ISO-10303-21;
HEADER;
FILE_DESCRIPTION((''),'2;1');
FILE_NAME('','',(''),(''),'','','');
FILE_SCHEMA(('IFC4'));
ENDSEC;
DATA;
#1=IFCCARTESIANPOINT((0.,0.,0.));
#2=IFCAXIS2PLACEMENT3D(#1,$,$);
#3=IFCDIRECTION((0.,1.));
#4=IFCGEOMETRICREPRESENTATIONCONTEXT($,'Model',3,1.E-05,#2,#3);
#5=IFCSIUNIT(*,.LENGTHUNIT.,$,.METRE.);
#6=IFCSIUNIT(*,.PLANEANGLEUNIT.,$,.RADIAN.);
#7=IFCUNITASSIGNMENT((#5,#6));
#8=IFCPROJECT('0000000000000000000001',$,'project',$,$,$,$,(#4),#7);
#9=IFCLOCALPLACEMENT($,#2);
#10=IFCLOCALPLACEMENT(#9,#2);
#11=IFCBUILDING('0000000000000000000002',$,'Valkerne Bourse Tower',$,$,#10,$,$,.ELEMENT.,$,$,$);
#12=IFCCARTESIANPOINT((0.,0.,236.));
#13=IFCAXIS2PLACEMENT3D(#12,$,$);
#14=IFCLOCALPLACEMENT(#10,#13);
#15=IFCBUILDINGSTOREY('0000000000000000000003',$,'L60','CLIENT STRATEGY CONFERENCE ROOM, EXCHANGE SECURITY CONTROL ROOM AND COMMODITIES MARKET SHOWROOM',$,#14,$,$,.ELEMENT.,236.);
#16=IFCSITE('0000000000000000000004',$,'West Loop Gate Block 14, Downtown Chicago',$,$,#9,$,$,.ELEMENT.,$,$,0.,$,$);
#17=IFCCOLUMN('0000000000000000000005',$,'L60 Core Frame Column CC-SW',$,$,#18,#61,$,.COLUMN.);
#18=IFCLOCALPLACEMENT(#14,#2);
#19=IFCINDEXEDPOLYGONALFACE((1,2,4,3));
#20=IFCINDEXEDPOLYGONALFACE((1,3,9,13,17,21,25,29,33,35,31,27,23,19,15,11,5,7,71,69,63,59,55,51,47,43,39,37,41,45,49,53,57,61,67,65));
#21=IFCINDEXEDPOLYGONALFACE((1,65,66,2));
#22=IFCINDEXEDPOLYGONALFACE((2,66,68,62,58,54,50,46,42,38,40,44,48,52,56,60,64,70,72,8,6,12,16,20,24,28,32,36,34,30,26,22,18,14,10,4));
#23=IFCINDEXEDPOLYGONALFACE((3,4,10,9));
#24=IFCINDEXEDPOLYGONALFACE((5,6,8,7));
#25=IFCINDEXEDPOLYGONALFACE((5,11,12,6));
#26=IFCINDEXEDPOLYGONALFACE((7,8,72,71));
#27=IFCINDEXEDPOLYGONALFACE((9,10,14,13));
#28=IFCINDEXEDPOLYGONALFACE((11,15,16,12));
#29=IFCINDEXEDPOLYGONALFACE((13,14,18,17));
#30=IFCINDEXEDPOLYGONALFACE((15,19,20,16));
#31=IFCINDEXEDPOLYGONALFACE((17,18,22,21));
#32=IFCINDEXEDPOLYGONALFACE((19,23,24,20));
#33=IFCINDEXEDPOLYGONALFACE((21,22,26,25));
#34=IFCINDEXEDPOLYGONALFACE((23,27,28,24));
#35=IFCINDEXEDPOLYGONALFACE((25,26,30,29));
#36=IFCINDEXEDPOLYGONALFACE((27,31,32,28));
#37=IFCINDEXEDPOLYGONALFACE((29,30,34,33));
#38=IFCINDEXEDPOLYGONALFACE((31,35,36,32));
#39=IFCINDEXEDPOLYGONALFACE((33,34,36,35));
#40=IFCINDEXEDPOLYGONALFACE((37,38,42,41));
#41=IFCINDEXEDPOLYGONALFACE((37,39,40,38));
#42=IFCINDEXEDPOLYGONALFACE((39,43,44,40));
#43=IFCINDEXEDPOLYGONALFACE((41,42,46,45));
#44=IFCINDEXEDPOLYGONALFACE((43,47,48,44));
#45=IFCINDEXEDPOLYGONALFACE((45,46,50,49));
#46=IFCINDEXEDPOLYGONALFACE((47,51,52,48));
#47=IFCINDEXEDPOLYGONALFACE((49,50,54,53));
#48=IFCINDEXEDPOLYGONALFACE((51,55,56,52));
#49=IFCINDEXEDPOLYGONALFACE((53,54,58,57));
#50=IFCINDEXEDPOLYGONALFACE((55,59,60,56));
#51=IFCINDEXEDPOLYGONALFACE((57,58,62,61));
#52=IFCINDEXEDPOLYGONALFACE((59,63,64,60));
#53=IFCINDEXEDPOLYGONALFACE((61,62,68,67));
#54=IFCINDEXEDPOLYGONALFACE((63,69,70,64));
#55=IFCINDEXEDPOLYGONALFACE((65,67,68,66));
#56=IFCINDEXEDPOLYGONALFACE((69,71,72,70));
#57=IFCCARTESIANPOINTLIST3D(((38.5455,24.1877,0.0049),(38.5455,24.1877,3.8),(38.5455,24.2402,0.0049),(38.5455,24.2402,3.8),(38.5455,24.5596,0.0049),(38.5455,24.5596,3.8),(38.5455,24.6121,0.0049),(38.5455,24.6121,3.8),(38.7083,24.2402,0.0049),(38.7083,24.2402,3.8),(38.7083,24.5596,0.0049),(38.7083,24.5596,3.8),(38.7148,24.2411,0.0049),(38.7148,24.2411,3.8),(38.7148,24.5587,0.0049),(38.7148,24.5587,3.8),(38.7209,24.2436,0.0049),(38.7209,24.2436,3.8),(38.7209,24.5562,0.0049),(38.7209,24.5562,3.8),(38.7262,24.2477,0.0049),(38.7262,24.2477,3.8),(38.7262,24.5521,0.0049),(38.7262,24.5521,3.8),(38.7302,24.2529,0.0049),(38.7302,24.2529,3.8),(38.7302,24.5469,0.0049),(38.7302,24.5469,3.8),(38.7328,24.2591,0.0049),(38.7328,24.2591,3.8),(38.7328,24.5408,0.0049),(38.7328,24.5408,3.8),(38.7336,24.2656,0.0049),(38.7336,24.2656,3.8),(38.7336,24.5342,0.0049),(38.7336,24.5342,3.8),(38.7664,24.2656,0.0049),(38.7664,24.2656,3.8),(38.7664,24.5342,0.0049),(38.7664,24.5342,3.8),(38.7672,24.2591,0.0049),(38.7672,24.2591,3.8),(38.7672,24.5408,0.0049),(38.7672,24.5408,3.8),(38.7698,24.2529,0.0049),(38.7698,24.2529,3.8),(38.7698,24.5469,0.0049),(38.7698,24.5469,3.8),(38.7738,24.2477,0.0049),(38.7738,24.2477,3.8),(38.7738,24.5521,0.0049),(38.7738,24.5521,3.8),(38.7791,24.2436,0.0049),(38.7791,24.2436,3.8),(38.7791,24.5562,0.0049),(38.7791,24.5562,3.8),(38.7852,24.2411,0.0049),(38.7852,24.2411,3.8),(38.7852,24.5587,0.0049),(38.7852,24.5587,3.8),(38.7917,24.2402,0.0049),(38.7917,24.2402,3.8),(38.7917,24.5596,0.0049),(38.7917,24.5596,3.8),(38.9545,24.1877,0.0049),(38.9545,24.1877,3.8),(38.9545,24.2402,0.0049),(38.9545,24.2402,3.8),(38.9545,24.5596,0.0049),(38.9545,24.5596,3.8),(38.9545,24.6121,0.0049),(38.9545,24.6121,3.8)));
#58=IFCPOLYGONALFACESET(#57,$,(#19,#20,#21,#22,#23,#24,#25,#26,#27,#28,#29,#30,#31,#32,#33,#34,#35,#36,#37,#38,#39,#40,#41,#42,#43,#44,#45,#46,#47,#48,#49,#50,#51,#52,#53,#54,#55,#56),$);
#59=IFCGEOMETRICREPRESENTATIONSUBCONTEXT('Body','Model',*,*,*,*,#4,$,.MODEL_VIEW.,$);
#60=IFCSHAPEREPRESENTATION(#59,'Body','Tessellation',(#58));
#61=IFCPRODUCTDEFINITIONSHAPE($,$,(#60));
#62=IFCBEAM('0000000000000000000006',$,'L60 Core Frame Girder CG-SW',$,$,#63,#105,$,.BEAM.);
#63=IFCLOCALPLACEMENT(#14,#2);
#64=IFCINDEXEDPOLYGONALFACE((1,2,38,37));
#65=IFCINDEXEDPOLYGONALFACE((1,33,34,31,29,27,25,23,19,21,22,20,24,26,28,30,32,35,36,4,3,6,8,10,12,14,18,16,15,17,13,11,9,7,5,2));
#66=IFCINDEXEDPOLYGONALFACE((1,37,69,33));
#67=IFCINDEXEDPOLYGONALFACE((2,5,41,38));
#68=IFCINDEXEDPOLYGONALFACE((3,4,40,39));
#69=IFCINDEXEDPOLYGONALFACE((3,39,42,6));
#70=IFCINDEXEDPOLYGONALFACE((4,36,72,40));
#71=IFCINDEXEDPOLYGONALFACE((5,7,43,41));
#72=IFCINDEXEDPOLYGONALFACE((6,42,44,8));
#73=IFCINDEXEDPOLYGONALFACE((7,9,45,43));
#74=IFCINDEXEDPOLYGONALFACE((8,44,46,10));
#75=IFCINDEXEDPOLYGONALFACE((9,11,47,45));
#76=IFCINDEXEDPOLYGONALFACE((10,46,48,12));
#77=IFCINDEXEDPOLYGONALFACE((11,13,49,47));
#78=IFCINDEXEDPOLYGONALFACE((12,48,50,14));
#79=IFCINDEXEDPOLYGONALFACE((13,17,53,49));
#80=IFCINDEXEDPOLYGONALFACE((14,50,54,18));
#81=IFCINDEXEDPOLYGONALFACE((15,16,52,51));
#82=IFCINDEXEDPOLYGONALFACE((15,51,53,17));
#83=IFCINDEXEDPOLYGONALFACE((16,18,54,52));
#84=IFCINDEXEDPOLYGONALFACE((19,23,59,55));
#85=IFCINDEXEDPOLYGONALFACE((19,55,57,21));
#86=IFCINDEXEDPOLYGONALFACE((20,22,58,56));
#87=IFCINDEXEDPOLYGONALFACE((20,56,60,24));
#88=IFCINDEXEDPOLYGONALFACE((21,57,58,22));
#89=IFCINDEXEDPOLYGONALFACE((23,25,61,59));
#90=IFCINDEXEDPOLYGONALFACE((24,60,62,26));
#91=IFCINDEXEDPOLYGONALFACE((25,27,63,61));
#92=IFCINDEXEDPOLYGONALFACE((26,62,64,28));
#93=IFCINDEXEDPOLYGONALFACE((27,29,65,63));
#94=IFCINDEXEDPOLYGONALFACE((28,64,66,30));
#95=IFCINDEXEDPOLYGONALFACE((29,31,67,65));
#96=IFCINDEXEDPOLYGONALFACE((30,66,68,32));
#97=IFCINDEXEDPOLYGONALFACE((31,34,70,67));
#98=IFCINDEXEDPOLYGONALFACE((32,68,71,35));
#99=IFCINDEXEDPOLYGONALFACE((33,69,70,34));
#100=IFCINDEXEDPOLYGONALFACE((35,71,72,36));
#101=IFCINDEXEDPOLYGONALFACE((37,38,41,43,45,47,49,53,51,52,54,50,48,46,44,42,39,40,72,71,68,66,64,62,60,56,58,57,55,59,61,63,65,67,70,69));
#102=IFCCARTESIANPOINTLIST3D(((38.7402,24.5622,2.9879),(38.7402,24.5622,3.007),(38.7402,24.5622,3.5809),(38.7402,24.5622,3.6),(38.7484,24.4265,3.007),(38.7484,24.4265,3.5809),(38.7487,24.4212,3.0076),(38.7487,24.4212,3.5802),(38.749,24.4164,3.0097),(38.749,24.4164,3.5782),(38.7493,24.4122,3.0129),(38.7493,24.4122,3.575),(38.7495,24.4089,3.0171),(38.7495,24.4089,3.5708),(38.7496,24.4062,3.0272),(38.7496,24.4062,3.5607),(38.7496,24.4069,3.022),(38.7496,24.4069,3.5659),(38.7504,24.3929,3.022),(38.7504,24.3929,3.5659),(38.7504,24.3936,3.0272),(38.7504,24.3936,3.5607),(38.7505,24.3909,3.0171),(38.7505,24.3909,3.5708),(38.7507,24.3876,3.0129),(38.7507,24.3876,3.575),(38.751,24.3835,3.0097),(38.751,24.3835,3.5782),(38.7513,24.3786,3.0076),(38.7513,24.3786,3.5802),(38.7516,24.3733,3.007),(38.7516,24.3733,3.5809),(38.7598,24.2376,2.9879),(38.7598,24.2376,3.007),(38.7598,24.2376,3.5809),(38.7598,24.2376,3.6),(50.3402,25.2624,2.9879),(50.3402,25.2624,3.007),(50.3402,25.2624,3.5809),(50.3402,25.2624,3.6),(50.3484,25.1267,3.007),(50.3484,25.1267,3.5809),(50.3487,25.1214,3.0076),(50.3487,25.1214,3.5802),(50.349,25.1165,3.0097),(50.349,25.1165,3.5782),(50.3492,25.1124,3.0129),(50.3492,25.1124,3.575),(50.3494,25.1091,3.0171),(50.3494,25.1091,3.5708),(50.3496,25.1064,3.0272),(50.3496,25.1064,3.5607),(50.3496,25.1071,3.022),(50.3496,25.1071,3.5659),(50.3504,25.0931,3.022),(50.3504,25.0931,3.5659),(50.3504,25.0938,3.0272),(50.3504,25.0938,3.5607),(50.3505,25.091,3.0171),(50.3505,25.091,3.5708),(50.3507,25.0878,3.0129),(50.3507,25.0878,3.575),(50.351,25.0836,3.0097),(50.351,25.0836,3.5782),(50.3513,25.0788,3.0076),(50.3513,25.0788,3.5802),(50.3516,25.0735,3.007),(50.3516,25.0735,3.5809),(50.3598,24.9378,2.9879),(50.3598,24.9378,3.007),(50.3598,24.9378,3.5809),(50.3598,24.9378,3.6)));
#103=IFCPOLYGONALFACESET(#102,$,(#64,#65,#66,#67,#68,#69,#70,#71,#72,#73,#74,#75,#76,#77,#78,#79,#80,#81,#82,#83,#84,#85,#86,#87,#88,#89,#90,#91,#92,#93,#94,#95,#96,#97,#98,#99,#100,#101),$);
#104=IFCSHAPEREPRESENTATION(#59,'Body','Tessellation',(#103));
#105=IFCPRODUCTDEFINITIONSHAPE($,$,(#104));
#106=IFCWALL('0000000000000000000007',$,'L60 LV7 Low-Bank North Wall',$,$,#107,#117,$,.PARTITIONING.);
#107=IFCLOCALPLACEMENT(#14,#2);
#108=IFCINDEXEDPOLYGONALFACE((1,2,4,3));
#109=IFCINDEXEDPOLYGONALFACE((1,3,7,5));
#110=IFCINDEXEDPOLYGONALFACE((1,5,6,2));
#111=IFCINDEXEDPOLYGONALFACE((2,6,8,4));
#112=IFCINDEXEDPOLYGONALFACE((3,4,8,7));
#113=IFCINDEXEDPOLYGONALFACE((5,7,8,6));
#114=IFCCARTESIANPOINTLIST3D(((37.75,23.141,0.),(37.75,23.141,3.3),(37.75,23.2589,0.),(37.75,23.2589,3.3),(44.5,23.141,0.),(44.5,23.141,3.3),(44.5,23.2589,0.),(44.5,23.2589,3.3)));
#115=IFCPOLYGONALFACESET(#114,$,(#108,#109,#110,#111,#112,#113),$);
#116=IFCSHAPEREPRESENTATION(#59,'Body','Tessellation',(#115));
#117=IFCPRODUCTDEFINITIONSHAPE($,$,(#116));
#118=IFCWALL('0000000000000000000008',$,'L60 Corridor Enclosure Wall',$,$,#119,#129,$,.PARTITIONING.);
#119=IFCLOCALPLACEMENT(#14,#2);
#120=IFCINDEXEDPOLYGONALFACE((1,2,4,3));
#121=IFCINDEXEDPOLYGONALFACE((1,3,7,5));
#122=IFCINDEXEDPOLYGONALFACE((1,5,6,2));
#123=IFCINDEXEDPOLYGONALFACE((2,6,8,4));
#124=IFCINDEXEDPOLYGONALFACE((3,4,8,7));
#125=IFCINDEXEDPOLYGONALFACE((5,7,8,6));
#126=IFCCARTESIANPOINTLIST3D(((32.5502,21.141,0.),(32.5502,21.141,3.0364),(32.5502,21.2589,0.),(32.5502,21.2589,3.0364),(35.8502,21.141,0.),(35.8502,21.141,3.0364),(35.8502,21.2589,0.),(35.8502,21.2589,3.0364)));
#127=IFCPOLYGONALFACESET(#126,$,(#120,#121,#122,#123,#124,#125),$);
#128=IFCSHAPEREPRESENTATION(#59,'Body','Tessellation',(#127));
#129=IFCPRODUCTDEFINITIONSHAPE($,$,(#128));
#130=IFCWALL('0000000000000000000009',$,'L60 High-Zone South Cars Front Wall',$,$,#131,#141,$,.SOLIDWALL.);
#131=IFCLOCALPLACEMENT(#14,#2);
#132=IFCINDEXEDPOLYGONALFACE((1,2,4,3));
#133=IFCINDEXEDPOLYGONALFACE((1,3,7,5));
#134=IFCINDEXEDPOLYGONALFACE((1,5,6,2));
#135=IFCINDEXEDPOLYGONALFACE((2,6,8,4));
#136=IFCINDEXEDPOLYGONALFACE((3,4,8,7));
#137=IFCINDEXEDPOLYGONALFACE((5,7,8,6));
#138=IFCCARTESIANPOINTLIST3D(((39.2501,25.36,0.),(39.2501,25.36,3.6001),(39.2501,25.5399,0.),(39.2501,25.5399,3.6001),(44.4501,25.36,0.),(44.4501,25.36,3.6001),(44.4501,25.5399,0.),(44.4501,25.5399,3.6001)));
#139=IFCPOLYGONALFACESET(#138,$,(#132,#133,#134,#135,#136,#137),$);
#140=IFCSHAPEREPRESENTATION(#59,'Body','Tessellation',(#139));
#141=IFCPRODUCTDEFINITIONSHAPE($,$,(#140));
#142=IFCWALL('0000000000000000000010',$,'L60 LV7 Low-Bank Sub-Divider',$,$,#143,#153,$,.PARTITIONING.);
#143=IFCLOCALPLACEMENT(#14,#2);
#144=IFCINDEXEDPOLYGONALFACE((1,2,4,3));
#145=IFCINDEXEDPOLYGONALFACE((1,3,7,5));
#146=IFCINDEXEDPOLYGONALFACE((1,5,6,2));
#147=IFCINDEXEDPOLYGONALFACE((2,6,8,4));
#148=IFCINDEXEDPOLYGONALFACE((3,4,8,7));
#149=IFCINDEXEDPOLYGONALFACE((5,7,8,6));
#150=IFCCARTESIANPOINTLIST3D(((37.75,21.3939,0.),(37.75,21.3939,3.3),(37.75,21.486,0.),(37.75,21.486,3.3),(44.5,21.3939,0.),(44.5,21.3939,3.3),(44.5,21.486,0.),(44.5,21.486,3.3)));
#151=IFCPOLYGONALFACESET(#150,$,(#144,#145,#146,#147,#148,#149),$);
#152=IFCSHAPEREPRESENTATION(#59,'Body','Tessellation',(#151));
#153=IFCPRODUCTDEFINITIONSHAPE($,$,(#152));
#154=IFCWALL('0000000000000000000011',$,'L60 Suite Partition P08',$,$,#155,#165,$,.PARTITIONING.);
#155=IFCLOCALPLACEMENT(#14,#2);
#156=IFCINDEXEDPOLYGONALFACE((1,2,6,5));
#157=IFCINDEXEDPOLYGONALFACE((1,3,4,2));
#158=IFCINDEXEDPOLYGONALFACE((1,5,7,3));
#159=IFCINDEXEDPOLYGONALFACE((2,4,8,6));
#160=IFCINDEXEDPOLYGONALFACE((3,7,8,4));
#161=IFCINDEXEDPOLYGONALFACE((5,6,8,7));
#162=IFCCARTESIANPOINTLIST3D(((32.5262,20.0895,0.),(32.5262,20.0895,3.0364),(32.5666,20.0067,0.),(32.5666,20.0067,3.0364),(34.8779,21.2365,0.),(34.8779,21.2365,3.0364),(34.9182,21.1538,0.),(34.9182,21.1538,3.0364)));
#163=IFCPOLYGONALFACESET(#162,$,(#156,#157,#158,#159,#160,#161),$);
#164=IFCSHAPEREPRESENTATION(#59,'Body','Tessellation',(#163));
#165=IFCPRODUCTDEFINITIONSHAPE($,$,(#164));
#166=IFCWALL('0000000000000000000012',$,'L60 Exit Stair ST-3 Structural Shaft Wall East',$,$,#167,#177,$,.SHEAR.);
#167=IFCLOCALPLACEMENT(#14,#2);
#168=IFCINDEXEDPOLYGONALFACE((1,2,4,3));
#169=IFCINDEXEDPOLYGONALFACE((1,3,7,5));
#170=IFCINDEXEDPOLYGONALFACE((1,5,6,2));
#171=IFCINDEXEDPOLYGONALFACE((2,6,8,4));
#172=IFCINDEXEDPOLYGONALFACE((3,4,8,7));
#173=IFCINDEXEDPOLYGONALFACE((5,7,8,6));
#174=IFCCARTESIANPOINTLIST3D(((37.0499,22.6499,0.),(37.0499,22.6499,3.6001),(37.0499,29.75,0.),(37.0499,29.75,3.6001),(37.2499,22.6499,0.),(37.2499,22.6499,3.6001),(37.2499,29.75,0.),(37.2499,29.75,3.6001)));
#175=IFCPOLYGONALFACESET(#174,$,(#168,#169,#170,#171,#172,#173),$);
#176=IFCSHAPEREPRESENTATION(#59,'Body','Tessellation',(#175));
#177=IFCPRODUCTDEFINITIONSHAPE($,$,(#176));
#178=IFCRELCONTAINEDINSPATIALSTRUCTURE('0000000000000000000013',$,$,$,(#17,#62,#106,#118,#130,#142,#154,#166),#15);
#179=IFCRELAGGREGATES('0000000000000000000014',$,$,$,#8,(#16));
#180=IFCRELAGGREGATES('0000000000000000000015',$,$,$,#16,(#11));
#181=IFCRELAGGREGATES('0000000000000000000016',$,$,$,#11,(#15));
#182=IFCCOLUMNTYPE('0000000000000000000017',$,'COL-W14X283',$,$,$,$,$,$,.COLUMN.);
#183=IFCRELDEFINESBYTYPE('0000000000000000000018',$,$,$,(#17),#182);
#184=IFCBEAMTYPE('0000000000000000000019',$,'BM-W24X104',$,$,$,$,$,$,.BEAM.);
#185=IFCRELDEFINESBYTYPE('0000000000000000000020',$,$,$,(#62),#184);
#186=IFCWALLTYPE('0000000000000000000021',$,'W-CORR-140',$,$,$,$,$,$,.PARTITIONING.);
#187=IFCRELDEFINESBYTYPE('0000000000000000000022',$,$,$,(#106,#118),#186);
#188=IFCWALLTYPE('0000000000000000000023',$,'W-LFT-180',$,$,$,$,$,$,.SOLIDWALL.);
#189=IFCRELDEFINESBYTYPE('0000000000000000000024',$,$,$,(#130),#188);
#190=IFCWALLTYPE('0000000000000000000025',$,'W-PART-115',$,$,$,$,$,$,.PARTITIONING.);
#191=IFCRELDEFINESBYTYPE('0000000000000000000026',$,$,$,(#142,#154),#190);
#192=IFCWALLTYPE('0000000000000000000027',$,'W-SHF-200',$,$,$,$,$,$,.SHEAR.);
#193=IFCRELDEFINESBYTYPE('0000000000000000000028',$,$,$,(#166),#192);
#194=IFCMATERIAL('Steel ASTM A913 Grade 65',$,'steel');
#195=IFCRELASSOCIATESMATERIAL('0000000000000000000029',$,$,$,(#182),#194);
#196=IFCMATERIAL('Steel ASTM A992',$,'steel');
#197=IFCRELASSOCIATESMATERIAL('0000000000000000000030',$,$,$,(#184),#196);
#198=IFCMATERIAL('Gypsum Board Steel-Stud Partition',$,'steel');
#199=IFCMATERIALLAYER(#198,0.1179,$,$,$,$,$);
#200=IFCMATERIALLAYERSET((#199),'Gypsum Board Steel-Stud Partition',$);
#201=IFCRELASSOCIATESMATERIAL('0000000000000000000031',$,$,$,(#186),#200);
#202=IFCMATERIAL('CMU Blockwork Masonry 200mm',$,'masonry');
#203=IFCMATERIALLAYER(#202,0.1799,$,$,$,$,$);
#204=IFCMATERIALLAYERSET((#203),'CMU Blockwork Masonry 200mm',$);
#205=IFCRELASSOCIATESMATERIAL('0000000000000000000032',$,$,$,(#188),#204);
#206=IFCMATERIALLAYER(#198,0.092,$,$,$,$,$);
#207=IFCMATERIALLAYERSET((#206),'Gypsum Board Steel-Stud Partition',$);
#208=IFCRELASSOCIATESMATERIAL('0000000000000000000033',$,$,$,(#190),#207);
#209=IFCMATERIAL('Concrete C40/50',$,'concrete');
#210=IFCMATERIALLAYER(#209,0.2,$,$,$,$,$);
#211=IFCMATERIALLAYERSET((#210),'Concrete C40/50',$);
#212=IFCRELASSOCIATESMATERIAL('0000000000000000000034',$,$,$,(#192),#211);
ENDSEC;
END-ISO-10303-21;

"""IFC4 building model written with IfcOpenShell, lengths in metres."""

from ifc_helpers import new_model, si_unit, direction, frame, frame_2d, origin, origin_2d, place, context, subcontext, project, spatial, rectangle, i_section, extrude, material, layer, layer_set, material_profile, profile_set, type_object, element, save


model = new_model("IFC4")

# Units and contexts
model_context = context("Model", 3, precision=1e-05, world=origin(), true_north=direction((0.0, 1.0)))
body_context = subcontext(model_context, "Body", "Model", "MODEL_VIEW")
ifc_project = project(units=[si_unit("LENGTHUNIT", "METRE"), si_unit("PLANEANGLEUNIT", "RADIAN")], contexts=[model_context])

# Site, building, storey
site_placement = place(None, origin())
site = spatial("IfcSite", under=ifc_project, at=site_placement, Name="West Loop Gate Block 14, Downtown Chicago", CompositionType="ELEMENT", RefElevation=0.0)
building_placement = place(site_placement, origin())
building = spatial("IfcBuilding", under=site, at=building_placement, Name="Valkerne Bourse Tower", CompositionType="ELEMENT")
storey_placement = place(building_placement, frame((0.0, 0.0, 236.0)))
storey = spatial("IfcBuildingStorey", under=building, at=storey_placement, Name="L60", Description="CLIENT STRATEGY CONFERENCE ROOM, EXCHANGE SECURITY CONTROL ROOM AND COMMODITIES MARKET SHOWROOM", CompositionType="ELEMENT", Elevation=236.0)

# Column
ifc_material_1 = material(Name="Steel ASTM A913 Grade 65", Category="steel")
ifc_material_profile_1 = material_profile(ifc_material_1, i_section(OverallWidth=0.4089, OverallDepth=0.4243, WebThickness=0.0327, FlangeThickness=0.0525, FilletRadius=0.0254, at=origin_2d()), Name="W14X283")
ifc_profile_set_1 = profile_set([ifc_material_profile_1], Name="Steel ASTM A913 Grade 65")
column_type = type_object("IfcColumnType", Name="COL-W14X283", PredefinedType="COLUMN", material=ifc_profile_set_1)
column_placement = place(storey_placement, frame((38.75, 24.3999, 0.0049), z_axis=(0.0, 0.0, 1.0), x_axis=(1.0, 0.0, 0.0)))
element("IfcColumn", 1, at=column_placement, inside=storey, type_object=column_type, Name="L60 Core Frame Column CC-SW", PredefinedType="COLUMN", context=body_context, shape_type="SweptSolid", body=[
    extrude(i_section(OverallWidth=0.4089, OverallDepth=0.4243, WebThickness=0.0327, FlangeThickness=0.0525, FilletRadius=0.0254, at=origin_2d()), origin(), (0.0, 0.0, 1.0), 3.7952),
])

# Beam
ifc_material_2 = material(Name="Steel ASTM A992", Category="steel")
ifc_material_profile_2 = material_profile(ifc_material_2, i_section(OverallWidth=0.3252, OverallDepth=0.6121, WebThickness=0.0127, FlangeThickness=0.019, FilletRadius=0.0203, at=origin_2d()), Name="W24X104")
ifc_profile_set_2 = profile_set([ifc_material_profile_2], Name="Steel ASTM A992")
beam_type = type_object("IfcBeamType", Name="BM-W24X104", PredefinedType="BEAM", material=ifc_profile_set_2)
beam_placement = place(storey_placement, frame((38.75, 24.3999, 3.2939), z_axis=(0.998183, 0.060251, 0.0), x_axis=(-0.060251, 0.998183, 0.0)))
element("IfcBeam", 2, at=beam_placement, inside=storey, type_object=beam_type, Name="L60 Core Frame Girder CG-SW", PredefinedType="BEAM", context=body_context, shape_type="SweptSolid", body=[
    extrude(i_section(OverallWidth=0.3252, OverallDepth=0.6121, WebThickness=0.0127, FlangeThickness=0.019, FilletRadius=0.0203, at=origin_2d()), origin(), (0.0, 0.0, 1.0), 11.6211),
])

# Walls
ifc_material_3 = material(Name="Gypsum Board Steel-Stud Partition", Category="steel")
ifc_layer_1 = layer(ifc_material_3, 0.1179)
ifc_layer_set_1 = layer_set([ifc_layer_1], Name="Gypsum Board Steel-Stud Partition")
wall_type_1 = type_object("IfcWallType", Name="W-CORR-140", PredefinedType="PARTITIONING", material=ifc_layer_set_1)
wall_1_placement = place(storey_placement, frame((37.75, 23.2, 0.0), z_axis=(0.0, 0.0, 1.0), x_axis=(1.0, 0.0, 0.0)))
element("IfcWall", 3, at=wall_1_placement, inside=storey, type_object=wall_type_1, Name="L60 LV7 Low-Bank North Wall", PredefinedType="PARTITIONING", context=body_context, shape_type="SweptSolid", body=[
    extrude(rectangle(XDim=6.75, YDim=0.1179, at=frame_2d((3.375, 0.0))), origin(), (0.0, 0.0, 1.0), 3.3),
])
wall_2_placement = place(storey_placement, frame((35.8501, 21.2, 0.0), z_axis=(0.0, 0.0, 1.0), x_axis=(-1.0, 0.0, 0.0)))
element("IfcWall", 4, at=wall_2_placement, inside=storey, type_object=wall_type_1, Name="L60 Corridor Enclosure Wall", PredefinedType="PARTITIONING", context=body_context, shape_type="SweptSolid", body=[
    extrude(rectangle(XDim=3.3, YDim=0.1179, at=frame_2d((1.6499, 0.0))), origin(), (0.0, 0.0, 1.0), 3.0364),
])
ifc_material_4 = material(Name="CMU Blockwork Masonry 200mm", Category="masonry")
ifc_layer_2 = layer(ifc_material_4, 0.1799)
ifc_layer_set_2 = layer_set([ifc_layer_2], Name="CMU Blockwork Masonry 200mm")
wall_type_2 = type_object("IfcWallType", Name="W-LFT-180", PredefinedType="SOLIDWALL", material=ifc_layer_set_2)
wall_3_placement = place(storey_placement, frame((39.25, 25.45, 0.0), z_axis=(0.0, 0.0, 1.0), x_axis=(1.0, 0.0, 0.0)))
element("IfcWall", 5, at=wall_3_placement, inside=storey, type_object=wall_type_2, Name="L60 High-Zone South Cars Front Wall", PredefinedType="SOLIDWALL", context=body_context, shape_type="SweptSolid", body=[
    extrude(rectangle(XDim=5.2, YDim=0.1799, at=frame_2d((2.6001, 0.0))), origin(), (0.0, 0.0, 1.0), 3.6001),
])
ifc_layer_3 = layer(ifc_material_3, 0.092)
ifc_layer_set_3 = layer_set([ifc_layer_3], Name="Gypsum Board Steel-Stud Partition")
wall_type_3 = type_object("IfcWallType", Name="W-PART-115", PredefinedType="PARTITIONING", material=ifc_layer_set_3)
wall_4_placement = place(storey_placement, frame((37.75, 21.4399, 0.0), z_axis=(0.0, 0.0, 1.0), x_axis=(1.0, 0.0, 0.0)))
element("IfcWall", 6, at=wall_4_placement, inside=storey, type_object=wall_type_3, Name="L60 LV7 Low-Bank Sub-Divider", PredefinedType="PARTITIONING", context=body_context, shape_type="SweptSolid", body=[
    extrude(rectangle(XDim=6.75, YDim=0.092, at=frame_2d((3.375, 0.0))), origin(), (0.0, 0.0, 1.0), 3.3),
])
wall_5_placement = place(storey_placement, frame((34.8979, 21.1951, 0.0), z_axis=(0.0, 0.0, 1.0), x_axis=(-0.898788, -0.438383, 0.0)))
element("IfcWall", 7, at=wall_5_placement, inside=storey, type_object=wall_type_3, Name="L60 Suite Partition P08", PredefinedType="PARTITIONING", context=body_context, shape_type="SweptSolid", body=[
    extrude(rectangle(XDim=2.6165, YDim=0.092, at=frame_2d((1.3081, 0.0))), origin(), (0.0, 0.0, 1.0), 3.0364),
])
ifc_material_5 = material(Name="Concrete C40/50", Category="concrete")
ifc_layer_4 = layer(ifc_material_5, 0.2)
ifc_layer_set_4 = layer_set([ifc_layer_4], Name="Concrete C40/50")
wall_type_4 = type_object("IfcWallType", Name="W-SHF-200", PredefinedType="SHEAR", material=ifc_layer_set_4)
wall_6_placement = place(storey_placement, frame((37.1499, 22.6499, 0.0), z_axis=(0.0, 0.0, 1.0), x_axis=(0.0, 1.0, 0.0)))
element("IfcWall", 8, at=wall_6_placement, inside=storey, type_object=wall_type_4, Name="L60 Exit Stair ST-3 Structural Shaft Wall East", PredefinedType="SHEAR", context=body_context, shape_type="SweptSolid", body=[
    extrude(rectangle(XDim=7.1001, YDim=0.2, at=frame_2d((3.55, 0.0))), origin(), (0.0, 0.0, 1.0), 3.6001),
])

save(model, "model.ifc")
